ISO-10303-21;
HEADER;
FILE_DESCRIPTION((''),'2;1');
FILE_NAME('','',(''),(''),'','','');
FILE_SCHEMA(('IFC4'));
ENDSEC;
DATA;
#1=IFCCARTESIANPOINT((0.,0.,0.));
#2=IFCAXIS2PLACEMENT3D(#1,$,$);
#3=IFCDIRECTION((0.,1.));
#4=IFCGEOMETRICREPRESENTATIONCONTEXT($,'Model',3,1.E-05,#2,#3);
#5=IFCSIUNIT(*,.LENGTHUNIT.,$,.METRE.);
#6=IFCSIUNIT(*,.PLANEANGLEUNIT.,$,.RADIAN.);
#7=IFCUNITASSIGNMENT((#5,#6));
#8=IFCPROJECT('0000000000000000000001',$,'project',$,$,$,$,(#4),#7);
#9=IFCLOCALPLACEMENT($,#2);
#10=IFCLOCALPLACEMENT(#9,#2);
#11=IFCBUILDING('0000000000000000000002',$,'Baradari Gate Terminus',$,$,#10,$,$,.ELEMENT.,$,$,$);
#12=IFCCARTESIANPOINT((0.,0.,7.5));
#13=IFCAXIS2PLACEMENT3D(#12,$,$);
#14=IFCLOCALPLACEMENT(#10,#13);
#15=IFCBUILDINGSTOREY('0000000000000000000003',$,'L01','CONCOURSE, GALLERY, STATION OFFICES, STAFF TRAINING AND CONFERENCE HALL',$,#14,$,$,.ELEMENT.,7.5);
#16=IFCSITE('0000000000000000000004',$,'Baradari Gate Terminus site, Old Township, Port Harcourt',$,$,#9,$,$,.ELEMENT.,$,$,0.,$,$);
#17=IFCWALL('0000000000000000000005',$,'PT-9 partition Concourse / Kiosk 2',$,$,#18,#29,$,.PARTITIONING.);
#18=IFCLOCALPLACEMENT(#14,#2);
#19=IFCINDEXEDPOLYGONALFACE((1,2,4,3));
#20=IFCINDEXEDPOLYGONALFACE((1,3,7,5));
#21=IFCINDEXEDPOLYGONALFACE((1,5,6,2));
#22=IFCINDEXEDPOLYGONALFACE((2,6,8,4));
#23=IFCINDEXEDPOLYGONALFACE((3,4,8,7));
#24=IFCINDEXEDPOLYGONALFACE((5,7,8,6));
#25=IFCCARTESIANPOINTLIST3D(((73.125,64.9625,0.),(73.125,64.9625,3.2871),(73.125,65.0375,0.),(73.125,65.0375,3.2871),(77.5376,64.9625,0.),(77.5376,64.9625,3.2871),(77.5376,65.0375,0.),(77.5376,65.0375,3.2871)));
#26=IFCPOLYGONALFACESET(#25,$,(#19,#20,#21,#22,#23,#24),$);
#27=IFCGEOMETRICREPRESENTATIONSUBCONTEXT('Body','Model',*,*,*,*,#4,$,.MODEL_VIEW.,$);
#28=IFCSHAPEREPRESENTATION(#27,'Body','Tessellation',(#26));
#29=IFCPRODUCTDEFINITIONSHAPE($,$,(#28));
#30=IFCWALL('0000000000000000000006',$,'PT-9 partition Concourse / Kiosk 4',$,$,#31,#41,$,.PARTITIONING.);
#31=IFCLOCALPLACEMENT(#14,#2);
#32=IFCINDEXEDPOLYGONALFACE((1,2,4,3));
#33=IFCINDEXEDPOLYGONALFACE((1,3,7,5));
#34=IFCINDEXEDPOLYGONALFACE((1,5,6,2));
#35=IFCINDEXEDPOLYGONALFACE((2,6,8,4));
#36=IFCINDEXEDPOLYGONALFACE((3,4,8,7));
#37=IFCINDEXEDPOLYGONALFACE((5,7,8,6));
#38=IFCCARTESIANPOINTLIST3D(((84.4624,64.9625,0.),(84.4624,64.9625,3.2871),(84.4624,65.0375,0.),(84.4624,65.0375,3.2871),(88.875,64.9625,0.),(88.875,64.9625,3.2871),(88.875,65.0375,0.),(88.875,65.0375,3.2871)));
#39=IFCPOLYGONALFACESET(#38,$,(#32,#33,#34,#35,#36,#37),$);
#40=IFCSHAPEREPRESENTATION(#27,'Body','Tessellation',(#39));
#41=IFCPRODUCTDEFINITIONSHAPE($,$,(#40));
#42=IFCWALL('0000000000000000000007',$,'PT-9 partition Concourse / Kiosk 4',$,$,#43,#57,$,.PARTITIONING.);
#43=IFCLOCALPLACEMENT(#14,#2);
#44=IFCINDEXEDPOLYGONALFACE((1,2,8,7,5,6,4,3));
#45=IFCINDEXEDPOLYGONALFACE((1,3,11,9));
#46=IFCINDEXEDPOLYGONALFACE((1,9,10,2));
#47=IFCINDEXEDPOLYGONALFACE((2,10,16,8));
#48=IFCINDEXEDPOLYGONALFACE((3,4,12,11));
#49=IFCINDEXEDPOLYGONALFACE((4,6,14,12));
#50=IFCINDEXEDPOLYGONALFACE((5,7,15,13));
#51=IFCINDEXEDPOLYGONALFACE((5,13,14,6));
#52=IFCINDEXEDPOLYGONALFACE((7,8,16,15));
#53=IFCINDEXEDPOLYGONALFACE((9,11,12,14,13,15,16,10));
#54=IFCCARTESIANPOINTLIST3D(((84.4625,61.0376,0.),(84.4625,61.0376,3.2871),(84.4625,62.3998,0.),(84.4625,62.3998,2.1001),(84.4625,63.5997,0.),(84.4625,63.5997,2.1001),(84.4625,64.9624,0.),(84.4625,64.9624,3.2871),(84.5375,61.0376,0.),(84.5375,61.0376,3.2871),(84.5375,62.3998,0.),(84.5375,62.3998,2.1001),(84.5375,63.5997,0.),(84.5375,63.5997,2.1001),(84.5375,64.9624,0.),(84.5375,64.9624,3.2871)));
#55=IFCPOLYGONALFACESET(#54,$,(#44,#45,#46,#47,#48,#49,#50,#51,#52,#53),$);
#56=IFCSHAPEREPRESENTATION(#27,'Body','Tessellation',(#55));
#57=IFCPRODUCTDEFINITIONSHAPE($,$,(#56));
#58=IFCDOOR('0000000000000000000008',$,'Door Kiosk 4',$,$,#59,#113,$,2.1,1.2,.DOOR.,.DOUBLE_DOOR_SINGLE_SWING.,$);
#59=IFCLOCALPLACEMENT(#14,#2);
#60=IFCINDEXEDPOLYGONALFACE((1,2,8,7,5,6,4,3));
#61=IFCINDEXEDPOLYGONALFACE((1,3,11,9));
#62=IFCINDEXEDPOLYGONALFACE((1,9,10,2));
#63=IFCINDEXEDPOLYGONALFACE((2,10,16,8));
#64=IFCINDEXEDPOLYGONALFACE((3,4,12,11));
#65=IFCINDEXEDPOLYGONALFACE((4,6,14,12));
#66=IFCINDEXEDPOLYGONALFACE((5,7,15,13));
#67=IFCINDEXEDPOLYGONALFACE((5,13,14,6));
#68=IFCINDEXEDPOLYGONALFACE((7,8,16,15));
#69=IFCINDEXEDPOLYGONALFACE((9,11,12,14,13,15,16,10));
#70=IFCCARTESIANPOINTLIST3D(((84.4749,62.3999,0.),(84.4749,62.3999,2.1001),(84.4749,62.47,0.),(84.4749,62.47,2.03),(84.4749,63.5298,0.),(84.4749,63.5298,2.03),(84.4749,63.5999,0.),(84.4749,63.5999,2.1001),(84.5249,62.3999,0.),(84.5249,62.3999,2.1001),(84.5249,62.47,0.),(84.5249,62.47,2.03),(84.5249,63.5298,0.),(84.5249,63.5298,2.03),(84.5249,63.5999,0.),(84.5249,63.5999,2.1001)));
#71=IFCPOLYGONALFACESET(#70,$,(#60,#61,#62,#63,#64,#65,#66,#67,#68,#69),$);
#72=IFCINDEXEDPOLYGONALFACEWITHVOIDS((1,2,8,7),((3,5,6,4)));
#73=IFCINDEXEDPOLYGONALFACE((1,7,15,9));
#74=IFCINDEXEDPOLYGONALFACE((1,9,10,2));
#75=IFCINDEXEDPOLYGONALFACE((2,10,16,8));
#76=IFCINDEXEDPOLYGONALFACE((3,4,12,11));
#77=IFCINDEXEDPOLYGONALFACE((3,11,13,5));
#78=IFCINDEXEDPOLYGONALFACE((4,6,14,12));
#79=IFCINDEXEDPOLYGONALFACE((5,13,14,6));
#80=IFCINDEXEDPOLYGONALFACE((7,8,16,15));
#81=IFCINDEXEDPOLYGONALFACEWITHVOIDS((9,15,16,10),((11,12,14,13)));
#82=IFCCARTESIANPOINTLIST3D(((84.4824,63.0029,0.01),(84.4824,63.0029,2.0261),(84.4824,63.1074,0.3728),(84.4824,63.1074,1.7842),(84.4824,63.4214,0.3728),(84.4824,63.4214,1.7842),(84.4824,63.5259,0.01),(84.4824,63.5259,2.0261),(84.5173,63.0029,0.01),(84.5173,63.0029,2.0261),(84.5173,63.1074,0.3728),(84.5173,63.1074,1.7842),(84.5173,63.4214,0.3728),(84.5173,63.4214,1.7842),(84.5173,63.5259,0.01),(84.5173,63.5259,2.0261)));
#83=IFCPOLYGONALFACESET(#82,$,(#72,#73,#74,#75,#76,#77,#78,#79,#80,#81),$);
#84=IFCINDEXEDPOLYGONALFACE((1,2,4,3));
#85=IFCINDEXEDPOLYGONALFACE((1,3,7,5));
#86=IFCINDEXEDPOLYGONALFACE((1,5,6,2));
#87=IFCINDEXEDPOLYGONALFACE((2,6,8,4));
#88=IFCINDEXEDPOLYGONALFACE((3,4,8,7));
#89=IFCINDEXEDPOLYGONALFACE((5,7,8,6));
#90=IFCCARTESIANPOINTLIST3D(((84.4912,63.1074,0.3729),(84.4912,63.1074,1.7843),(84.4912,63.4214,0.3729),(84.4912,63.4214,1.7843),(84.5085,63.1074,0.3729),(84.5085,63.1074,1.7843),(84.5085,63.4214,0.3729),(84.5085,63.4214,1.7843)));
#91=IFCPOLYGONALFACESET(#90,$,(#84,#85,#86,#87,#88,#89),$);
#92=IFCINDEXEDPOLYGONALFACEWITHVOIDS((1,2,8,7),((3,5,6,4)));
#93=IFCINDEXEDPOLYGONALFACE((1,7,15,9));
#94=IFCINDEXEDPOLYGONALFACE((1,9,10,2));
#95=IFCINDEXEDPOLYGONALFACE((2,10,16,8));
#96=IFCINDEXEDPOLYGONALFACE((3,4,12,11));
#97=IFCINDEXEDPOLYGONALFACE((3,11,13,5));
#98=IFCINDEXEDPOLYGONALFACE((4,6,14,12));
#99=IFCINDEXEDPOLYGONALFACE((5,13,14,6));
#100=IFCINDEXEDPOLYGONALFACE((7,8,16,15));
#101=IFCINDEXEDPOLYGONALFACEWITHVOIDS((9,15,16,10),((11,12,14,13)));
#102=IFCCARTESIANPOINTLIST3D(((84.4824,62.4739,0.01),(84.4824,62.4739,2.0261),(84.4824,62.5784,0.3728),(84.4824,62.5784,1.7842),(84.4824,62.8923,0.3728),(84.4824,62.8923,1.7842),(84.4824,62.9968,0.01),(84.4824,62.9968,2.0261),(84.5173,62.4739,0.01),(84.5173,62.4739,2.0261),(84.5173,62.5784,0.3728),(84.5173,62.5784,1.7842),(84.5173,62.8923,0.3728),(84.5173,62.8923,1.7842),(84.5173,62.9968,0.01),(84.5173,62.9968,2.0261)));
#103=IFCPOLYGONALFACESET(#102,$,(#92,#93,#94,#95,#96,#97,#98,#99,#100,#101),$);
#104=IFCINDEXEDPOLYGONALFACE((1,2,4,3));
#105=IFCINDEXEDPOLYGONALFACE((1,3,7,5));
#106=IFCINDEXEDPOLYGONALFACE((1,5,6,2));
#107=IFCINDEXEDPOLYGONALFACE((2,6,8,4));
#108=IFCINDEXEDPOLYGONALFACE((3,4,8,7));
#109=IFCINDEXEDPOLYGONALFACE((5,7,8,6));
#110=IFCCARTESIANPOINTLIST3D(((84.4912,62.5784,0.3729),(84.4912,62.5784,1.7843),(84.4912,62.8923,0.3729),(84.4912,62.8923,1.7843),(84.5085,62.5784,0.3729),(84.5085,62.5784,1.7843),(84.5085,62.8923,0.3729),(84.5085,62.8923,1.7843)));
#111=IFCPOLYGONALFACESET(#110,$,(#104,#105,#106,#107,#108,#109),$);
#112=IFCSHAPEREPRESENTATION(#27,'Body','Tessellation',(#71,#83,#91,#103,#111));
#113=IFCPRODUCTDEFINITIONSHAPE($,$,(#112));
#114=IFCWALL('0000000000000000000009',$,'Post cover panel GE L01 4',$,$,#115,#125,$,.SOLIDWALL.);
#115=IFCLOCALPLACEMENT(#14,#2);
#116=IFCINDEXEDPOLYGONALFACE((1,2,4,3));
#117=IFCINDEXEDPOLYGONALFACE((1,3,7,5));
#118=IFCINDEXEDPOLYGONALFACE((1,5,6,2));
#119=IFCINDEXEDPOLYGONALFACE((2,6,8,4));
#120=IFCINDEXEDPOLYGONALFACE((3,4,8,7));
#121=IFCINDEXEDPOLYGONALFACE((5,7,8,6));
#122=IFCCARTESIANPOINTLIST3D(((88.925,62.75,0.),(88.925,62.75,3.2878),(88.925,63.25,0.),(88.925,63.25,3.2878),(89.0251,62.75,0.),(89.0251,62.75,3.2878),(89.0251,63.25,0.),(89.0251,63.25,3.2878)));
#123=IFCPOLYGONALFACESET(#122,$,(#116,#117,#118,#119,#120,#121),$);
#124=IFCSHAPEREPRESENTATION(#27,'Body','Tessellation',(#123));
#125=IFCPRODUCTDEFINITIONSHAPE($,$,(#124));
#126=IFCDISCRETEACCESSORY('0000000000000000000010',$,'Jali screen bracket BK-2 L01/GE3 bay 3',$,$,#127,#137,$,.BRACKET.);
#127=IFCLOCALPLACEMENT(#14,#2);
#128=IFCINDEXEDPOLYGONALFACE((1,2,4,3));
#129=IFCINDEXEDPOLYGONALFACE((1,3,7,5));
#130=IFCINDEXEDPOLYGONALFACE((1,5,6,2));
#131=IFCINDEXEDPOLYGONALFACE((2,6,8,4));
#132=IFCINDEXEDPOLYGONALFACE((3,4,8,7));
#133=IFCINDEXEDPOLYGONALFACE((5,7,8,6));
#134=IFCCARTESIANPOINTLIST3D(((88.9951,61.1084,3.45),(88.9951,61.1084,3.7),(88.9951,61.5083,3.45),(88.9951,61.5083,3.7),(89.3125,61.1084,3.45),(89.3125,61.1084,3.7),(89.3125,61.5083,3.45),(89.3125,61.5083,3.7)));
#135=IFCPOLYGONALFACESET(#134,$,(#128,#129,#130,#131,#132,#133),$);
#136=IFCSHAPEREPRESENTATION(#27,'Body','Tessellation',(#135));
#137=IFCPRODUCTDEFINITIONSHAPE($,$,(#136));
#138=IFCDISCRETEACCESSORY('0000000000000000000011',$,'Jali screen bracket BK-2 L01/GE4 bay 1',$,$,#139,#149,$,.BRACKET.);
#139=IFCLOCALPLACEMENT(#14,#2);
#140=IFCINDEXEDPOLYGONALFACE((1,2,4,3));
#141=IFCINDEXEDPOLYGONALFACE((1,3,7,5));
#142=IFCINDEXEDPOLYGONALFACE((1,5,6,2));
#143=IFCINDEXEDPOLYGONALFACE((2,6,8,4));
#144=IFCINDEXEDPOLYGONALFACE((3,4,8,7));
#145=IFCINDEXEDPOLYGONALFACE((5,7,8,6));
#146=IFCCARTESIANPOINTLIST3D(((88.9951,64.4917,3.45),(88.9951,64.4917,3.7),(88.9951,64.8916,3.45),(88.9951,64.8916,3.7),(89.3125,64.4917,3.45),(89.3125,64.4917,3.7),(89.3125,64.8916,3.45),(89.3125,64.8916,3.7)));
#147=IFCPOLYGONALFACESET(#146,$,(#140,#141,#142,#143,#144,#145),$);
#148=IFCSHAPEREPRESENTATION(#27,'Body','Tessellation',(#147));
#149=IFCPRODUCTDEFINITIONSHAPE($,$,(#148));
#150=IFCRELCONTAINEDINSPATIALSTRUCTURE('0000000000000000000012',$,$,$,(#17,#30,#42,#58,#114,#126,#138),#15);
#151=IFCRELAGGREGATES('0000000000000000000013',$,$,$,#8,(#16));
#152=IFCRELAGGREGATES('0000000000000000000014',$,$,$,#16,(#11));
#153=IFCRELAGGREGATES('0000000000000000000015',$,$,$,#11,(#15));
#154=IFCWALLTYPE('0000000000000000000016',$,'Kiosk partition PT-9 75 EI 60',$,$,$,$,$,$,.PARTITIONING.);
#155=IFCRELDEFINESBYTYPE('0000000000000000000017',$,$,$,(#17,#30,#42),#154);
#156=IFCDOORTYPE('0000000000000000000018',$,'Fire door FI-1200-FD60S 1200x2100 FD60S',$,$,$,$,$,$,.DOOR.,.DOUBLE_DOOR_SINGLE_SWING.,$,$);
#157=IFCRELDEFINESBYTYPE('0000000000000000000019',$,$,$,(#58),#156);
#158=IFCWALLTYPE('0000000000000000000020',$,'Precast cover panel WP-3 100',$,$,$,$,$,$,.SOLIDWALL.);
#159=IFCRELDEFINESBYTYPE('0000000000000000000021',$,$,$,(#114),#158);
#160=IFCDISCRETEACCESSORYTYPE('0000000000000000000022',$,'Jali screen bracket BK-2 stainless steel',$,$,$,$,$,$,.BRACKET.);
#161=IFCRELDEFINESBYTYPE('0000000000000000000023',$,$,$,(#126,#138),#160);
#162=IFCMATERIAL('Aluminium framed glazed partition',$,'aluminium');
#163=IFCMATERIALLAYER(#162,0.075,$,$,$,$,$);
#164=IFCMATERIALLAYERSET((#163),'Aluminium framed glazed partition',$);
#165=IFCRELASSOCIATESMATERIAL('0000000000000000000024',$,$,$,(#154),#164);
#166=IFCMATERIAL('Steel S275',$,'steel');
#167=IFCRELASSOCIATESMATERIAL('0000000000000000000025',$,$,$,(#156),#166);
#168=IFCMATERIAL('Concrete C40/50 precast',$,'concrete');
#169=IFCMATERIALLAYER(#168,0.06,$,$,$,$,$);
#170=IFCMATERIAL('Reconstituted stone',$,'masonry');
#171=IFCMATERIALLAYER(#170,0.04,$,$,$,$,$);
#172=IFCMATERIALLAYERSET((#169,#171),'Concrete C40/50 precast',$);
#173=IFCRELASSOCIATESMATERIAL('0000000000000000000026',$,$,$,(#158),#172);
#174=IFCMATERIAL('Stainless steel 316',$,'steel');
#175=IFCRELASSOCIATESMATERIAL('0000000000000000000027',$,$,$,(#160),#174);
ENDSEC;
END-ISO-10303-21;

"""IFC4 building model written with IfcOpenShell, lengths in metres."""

from ifc_helpers import new_model, si_unit, direction, frame, frame_2d, origin, origin_2d, place, context, subcontext, project, spatial, polyline, rectangle, outline, extrude, material, layer, layer_set, type_object, element, fill, save


model = new_model("IFC4")

# Units and contexts
model_context = context("Model", 3, precision=1e-05, world=origin(), true_north=direction((0.0, 1.0)))
body_context = subcontext(model_context, "Body", "Model", "MODEL_VIEW")
ifc_project = project(units=[si_unit("LENGTHUNIT", "METRE"), si_unit("PLANEANGLEUNIT", "RADIAN")], contexts=[model_context])

# Site, building, storey
site_placement = place(None, origin())
site = spatial("IfcSite", under=ifc_project, at=site_placement, Name="Baradari Gate Terminus site, Old Township, Port Harcourt", CompositionType="ELEMENT", RefElevation=0.0)
building_placement = place(site_placement, origin())
building = spatial("IfcBuilding", under=site, at=building_placement, Name="Baradari Gate Terminus", CompositionType="ELEMENT")
storey_placement = place(building_placement, frame((0.0, 0.0, 7.5)))
storey = spatial("IfcBuildingStorey", under=building, at=storey_placement, Name="L01", Description="CONCOURSE, GALLERY, STATION OFFICES, STAFF TRAINING AND CONFERENCE HALL", CompositionType="ELEMENT", Elevation=7.5)

# Walls
ifc_material_1 = material(Name="Aluminium framed glazed partition", Category="aluminium")
ifc_layer_1 = layer(ifc_material_1, 0.075)
ifc_layer_set_1 = layer_set([ifc_layer_1], Name="Aluminium framed glazed partition")
wall_type_1 = type_object("IfcWallType", Name="Kiosk partition PT-9 75 EI 60", PredefinedType="PARTITIONING", material=ifc_layer_set_1)
for number, where, z_axis, x_axis, name in (
    (1, (77.5376, 65.0, 0.0), (0.0, 0.0, 1.0), (-1.0, 0.0, 0.0), "PT-9 partition Concourse / Kiosk 2"),
    (2, (88.875, 65.0, 0.0), (0.0, 0.0, 1.0), (-1.0, 0.0, 0.0), "PT-9 partition Concourse / Kiosk 4"),
):
    element("IfcWall", number, at=place(storey_placement, frame(where, z_axis=z_axis, x_axis=x_axis)), inside=storey, type_object=wall_type_1, Name=name, PredefinedType="PARTITIONING", context=body_context, shape_type="SweptSolid", body=[
        extrude(rectangle(XDim=4.4126, YDim=0.075, at=frame_2d((2.2063, 0.0))), origin(), (0.0, 0.0, 1.0), 3.2871),
    ])

# Wall, opening, door
wall_1_placement = place(storey_placement, frame((84.5, 64.9624, 0.0), z_axis=(0.0, 0.0, 1.0), x_axis=(0.0, -1.0, 0.0)))
wall_1 = element("IfcWall", 3, at=wall_1_placement, inside=storey, type_object=wall_type_1, Name="PT-9 partition Concourse / Kiosk 4", PredefinedType="PARTITIONING", context=body_context, shape_type="SweptSolid", body=[
    extrude(rectangle(XDim=3.9248, YDim=0.075, at=frame_2d((1.9624, 0.0))), origin(), (0.0, 0.0, 1.0), 3.2871),
])
opening_placement = place(wall_1_placement, frame((1.3625, 0.0, 0.0)))
opening = element("IfcOpeningElement", 4, at=opening_placement, cuts=wall_1, PredefinedType="OPENING", context=body_context, shape_type="SweptSolid", body=[
    extrude(rectangle(XDim=1.2, YDim=2.1001, at=frame_2d((0.6001, 1.05))), frame((0.0, 0.0474, 0.0), z_axis=(0.0, -1.0, 0.0), x_axis=(1.0, 0.0, 0.0)), (0.0, 0.0, 1.0), 0.095),
])
ifc_material_2 = material(Name="Steel S275", Category="steel")
door_type = type_object("IfcDoorType", Name="Fire door FI-1200-FD60S 1200x2100 FD60S", OperationType="DOUBLE_DOOR_SINGLE_SWING", PredefinedType="DOOR", material=ifc_material_2)
door_placement = place(opening_placement, origin())
door = element("IfcDoor", 5, at=door_placement, inside=storey, type_object=door_type, Name="Door Kiosk 4", OperationType="DOUBLE_DOOR_SINGLE_SWING", OverallHeight=2.1, OverallWidth=1.2, PredefinedType="DOOR", context=body_context, shape_type="SweptSolid", body=[
    extrude(outline(polyline([(0.0, 0.0), (0.0701, 0.0), (0.0701, 2.03), (1.1299, 2.03), (1.1299, 0.0), (1.2, 0.0), (1.2, 2.1001), (0.0, 2.1001), (0.0, 0.0)])), frame((0.0, 0.0249, 0.0), z_axis=(0.0, -1.0, 0.0), x_axis=(1.0, 0.0, 0.0)), (0.0, 0.0, 1.0), 0.05),
    extrude(outline(polyline([(0.074, 0.01), (0.5969, 0.01), (0.5969, 2.0261), (0.074, 2.0261), (0.074, 0.01)]), holes=[polyline([(0.1785, 0.3728), (0.4924, 0.3728), (0.4924, 1.7842), (0.1785, 1.7842), (0.1785, 0.3728)])]), frame((0.0, 0.0173, 0.0), z_axis=(0.0, -1.0, 0.0), x_axis=(1.0, 0.0, 0.0)), (0.0, 0.0, 1.0), 0.0349),
    extrude(rectangle(XDim=0.314, YDim=1.4114, at=frame_2d((0.3354, 1.0786))), frame((0.0, 0.0085, 0.0), z_axis=(0.0, -1.0, 0.0), x_axis=(1.0, 0.0, 0.0)), (0.0, 0.0, 1.0), 0.0173),
    extrude(outline(polyline([(0.603, 0.01), (1.126, 0.01), (1.126, 2.0261), (0.603, 2.0261), (0.603, 0.01)]), holes=[polyline([(0.7075, 0.3728), (1.0215, 0.3728), (1.0215, 1.7842), (0.7075, 1.7842), (0.7075, 0.3728)])]), frame((0.0, 0.0173, 0.0), z_axis=(0.0, -1.0, 0.0), x_axis=(1.0, 0.0, 0.0)), (0.0, 0.0, 1.0), 0.0349),
    extrude(rectangle(XDim=0.314, YDim=1.4114, at=frame_2d((0.8645, 1.0786))), frame((0.0, 0.0085, 0.0), z_axis=(0.0, -1.0, 0.0), x_axis=(1.0, 0.0, 0.0)), (0.0, 0.0, 1.0), 0.0173),
])
fill(opening, door)

# Wall
ifc_material_3 = material(Name="Concrete C40/50 precast", Category="concrete")
ifc_layer_2 = layer(ifc_material_3, 0.06)
ifc_material_4 = material(Name="Reconstituted stone", Category="masonry")
ifc_layer_3 = layer(ifc_material_4, 0.04)
ifc_layer_set_2 = layer_set([ifc_layer_2, ifc_layer_3], Name="Concrete C40/50 precast")
wall_type_2 = type_object("IfcWallType", Name="Precast cover panel WP-3 100", PredefinedType="SOLIDWALL", material=ifc_layer_set_2)
wall_2_placement = place(storey_placement, frame((88.9751, 62.75, 0.0), z_axis=(0.0, 0.0, 1.0), x_axis=(0.0, 1.0, 0.0)))
element("IfcWall", 6, at=wall_2_placement, inside=storey, type_object=wall_type_2, Name="Post cover panel GE L01 4", PredefinedType="SOLIDWALL", context=body_context, shape_type="SweptSolid", body=[
    extrude(rectangle(XDim=0.5, YDim=0.1001, at=frame_2d((0.25, 0.0))), origin(), (0.0, 0.0, 1.0), 3.2878),
])

# Discrete accessories
ifc_material_5 = material(Name="Stainless steel 316", Category="steel")
discrete_accessory_type = type_object("IfcDiscreteAccessoryType", Name="Jali screen bracket BK-2 stainless steel", PredefinedType="BRACKET", material=ifc_material_5)
for number, where, z_axis, x_axis, name in (
    (7, (89.1538, 61.3083, 3.45), (0.0, 0.0, 1.0), (1.0, 0.0, 0.0), "Jali screen bracket BK-2 L01/GE3 bay 3"),
    (8, (89.1538, 64.6917, 3.45), (0.0, 0.0, 1.0), (1.0, 0.0, 0.0), "Jali screen bracket BK-2 L01/GE4 bay 1"),
):
    element("IfcDiscreteAccessory", number, at=place(storey_placement, frame(where, z_axis=z_axis, x_axis=x_axis)), inside=storey, type_object=discrete_accessory_type, Name=name, PredefinedType="BRACKET", context=body_context, shape_type="SweptSolid", body=[
        extrude(rectangle(XDim=0.3174, YDim=0.3999, at=origin_2d()), origin(), (0.0, 0.0, 1.0), 0.25),
    ])

save(model, "model.ifc")
